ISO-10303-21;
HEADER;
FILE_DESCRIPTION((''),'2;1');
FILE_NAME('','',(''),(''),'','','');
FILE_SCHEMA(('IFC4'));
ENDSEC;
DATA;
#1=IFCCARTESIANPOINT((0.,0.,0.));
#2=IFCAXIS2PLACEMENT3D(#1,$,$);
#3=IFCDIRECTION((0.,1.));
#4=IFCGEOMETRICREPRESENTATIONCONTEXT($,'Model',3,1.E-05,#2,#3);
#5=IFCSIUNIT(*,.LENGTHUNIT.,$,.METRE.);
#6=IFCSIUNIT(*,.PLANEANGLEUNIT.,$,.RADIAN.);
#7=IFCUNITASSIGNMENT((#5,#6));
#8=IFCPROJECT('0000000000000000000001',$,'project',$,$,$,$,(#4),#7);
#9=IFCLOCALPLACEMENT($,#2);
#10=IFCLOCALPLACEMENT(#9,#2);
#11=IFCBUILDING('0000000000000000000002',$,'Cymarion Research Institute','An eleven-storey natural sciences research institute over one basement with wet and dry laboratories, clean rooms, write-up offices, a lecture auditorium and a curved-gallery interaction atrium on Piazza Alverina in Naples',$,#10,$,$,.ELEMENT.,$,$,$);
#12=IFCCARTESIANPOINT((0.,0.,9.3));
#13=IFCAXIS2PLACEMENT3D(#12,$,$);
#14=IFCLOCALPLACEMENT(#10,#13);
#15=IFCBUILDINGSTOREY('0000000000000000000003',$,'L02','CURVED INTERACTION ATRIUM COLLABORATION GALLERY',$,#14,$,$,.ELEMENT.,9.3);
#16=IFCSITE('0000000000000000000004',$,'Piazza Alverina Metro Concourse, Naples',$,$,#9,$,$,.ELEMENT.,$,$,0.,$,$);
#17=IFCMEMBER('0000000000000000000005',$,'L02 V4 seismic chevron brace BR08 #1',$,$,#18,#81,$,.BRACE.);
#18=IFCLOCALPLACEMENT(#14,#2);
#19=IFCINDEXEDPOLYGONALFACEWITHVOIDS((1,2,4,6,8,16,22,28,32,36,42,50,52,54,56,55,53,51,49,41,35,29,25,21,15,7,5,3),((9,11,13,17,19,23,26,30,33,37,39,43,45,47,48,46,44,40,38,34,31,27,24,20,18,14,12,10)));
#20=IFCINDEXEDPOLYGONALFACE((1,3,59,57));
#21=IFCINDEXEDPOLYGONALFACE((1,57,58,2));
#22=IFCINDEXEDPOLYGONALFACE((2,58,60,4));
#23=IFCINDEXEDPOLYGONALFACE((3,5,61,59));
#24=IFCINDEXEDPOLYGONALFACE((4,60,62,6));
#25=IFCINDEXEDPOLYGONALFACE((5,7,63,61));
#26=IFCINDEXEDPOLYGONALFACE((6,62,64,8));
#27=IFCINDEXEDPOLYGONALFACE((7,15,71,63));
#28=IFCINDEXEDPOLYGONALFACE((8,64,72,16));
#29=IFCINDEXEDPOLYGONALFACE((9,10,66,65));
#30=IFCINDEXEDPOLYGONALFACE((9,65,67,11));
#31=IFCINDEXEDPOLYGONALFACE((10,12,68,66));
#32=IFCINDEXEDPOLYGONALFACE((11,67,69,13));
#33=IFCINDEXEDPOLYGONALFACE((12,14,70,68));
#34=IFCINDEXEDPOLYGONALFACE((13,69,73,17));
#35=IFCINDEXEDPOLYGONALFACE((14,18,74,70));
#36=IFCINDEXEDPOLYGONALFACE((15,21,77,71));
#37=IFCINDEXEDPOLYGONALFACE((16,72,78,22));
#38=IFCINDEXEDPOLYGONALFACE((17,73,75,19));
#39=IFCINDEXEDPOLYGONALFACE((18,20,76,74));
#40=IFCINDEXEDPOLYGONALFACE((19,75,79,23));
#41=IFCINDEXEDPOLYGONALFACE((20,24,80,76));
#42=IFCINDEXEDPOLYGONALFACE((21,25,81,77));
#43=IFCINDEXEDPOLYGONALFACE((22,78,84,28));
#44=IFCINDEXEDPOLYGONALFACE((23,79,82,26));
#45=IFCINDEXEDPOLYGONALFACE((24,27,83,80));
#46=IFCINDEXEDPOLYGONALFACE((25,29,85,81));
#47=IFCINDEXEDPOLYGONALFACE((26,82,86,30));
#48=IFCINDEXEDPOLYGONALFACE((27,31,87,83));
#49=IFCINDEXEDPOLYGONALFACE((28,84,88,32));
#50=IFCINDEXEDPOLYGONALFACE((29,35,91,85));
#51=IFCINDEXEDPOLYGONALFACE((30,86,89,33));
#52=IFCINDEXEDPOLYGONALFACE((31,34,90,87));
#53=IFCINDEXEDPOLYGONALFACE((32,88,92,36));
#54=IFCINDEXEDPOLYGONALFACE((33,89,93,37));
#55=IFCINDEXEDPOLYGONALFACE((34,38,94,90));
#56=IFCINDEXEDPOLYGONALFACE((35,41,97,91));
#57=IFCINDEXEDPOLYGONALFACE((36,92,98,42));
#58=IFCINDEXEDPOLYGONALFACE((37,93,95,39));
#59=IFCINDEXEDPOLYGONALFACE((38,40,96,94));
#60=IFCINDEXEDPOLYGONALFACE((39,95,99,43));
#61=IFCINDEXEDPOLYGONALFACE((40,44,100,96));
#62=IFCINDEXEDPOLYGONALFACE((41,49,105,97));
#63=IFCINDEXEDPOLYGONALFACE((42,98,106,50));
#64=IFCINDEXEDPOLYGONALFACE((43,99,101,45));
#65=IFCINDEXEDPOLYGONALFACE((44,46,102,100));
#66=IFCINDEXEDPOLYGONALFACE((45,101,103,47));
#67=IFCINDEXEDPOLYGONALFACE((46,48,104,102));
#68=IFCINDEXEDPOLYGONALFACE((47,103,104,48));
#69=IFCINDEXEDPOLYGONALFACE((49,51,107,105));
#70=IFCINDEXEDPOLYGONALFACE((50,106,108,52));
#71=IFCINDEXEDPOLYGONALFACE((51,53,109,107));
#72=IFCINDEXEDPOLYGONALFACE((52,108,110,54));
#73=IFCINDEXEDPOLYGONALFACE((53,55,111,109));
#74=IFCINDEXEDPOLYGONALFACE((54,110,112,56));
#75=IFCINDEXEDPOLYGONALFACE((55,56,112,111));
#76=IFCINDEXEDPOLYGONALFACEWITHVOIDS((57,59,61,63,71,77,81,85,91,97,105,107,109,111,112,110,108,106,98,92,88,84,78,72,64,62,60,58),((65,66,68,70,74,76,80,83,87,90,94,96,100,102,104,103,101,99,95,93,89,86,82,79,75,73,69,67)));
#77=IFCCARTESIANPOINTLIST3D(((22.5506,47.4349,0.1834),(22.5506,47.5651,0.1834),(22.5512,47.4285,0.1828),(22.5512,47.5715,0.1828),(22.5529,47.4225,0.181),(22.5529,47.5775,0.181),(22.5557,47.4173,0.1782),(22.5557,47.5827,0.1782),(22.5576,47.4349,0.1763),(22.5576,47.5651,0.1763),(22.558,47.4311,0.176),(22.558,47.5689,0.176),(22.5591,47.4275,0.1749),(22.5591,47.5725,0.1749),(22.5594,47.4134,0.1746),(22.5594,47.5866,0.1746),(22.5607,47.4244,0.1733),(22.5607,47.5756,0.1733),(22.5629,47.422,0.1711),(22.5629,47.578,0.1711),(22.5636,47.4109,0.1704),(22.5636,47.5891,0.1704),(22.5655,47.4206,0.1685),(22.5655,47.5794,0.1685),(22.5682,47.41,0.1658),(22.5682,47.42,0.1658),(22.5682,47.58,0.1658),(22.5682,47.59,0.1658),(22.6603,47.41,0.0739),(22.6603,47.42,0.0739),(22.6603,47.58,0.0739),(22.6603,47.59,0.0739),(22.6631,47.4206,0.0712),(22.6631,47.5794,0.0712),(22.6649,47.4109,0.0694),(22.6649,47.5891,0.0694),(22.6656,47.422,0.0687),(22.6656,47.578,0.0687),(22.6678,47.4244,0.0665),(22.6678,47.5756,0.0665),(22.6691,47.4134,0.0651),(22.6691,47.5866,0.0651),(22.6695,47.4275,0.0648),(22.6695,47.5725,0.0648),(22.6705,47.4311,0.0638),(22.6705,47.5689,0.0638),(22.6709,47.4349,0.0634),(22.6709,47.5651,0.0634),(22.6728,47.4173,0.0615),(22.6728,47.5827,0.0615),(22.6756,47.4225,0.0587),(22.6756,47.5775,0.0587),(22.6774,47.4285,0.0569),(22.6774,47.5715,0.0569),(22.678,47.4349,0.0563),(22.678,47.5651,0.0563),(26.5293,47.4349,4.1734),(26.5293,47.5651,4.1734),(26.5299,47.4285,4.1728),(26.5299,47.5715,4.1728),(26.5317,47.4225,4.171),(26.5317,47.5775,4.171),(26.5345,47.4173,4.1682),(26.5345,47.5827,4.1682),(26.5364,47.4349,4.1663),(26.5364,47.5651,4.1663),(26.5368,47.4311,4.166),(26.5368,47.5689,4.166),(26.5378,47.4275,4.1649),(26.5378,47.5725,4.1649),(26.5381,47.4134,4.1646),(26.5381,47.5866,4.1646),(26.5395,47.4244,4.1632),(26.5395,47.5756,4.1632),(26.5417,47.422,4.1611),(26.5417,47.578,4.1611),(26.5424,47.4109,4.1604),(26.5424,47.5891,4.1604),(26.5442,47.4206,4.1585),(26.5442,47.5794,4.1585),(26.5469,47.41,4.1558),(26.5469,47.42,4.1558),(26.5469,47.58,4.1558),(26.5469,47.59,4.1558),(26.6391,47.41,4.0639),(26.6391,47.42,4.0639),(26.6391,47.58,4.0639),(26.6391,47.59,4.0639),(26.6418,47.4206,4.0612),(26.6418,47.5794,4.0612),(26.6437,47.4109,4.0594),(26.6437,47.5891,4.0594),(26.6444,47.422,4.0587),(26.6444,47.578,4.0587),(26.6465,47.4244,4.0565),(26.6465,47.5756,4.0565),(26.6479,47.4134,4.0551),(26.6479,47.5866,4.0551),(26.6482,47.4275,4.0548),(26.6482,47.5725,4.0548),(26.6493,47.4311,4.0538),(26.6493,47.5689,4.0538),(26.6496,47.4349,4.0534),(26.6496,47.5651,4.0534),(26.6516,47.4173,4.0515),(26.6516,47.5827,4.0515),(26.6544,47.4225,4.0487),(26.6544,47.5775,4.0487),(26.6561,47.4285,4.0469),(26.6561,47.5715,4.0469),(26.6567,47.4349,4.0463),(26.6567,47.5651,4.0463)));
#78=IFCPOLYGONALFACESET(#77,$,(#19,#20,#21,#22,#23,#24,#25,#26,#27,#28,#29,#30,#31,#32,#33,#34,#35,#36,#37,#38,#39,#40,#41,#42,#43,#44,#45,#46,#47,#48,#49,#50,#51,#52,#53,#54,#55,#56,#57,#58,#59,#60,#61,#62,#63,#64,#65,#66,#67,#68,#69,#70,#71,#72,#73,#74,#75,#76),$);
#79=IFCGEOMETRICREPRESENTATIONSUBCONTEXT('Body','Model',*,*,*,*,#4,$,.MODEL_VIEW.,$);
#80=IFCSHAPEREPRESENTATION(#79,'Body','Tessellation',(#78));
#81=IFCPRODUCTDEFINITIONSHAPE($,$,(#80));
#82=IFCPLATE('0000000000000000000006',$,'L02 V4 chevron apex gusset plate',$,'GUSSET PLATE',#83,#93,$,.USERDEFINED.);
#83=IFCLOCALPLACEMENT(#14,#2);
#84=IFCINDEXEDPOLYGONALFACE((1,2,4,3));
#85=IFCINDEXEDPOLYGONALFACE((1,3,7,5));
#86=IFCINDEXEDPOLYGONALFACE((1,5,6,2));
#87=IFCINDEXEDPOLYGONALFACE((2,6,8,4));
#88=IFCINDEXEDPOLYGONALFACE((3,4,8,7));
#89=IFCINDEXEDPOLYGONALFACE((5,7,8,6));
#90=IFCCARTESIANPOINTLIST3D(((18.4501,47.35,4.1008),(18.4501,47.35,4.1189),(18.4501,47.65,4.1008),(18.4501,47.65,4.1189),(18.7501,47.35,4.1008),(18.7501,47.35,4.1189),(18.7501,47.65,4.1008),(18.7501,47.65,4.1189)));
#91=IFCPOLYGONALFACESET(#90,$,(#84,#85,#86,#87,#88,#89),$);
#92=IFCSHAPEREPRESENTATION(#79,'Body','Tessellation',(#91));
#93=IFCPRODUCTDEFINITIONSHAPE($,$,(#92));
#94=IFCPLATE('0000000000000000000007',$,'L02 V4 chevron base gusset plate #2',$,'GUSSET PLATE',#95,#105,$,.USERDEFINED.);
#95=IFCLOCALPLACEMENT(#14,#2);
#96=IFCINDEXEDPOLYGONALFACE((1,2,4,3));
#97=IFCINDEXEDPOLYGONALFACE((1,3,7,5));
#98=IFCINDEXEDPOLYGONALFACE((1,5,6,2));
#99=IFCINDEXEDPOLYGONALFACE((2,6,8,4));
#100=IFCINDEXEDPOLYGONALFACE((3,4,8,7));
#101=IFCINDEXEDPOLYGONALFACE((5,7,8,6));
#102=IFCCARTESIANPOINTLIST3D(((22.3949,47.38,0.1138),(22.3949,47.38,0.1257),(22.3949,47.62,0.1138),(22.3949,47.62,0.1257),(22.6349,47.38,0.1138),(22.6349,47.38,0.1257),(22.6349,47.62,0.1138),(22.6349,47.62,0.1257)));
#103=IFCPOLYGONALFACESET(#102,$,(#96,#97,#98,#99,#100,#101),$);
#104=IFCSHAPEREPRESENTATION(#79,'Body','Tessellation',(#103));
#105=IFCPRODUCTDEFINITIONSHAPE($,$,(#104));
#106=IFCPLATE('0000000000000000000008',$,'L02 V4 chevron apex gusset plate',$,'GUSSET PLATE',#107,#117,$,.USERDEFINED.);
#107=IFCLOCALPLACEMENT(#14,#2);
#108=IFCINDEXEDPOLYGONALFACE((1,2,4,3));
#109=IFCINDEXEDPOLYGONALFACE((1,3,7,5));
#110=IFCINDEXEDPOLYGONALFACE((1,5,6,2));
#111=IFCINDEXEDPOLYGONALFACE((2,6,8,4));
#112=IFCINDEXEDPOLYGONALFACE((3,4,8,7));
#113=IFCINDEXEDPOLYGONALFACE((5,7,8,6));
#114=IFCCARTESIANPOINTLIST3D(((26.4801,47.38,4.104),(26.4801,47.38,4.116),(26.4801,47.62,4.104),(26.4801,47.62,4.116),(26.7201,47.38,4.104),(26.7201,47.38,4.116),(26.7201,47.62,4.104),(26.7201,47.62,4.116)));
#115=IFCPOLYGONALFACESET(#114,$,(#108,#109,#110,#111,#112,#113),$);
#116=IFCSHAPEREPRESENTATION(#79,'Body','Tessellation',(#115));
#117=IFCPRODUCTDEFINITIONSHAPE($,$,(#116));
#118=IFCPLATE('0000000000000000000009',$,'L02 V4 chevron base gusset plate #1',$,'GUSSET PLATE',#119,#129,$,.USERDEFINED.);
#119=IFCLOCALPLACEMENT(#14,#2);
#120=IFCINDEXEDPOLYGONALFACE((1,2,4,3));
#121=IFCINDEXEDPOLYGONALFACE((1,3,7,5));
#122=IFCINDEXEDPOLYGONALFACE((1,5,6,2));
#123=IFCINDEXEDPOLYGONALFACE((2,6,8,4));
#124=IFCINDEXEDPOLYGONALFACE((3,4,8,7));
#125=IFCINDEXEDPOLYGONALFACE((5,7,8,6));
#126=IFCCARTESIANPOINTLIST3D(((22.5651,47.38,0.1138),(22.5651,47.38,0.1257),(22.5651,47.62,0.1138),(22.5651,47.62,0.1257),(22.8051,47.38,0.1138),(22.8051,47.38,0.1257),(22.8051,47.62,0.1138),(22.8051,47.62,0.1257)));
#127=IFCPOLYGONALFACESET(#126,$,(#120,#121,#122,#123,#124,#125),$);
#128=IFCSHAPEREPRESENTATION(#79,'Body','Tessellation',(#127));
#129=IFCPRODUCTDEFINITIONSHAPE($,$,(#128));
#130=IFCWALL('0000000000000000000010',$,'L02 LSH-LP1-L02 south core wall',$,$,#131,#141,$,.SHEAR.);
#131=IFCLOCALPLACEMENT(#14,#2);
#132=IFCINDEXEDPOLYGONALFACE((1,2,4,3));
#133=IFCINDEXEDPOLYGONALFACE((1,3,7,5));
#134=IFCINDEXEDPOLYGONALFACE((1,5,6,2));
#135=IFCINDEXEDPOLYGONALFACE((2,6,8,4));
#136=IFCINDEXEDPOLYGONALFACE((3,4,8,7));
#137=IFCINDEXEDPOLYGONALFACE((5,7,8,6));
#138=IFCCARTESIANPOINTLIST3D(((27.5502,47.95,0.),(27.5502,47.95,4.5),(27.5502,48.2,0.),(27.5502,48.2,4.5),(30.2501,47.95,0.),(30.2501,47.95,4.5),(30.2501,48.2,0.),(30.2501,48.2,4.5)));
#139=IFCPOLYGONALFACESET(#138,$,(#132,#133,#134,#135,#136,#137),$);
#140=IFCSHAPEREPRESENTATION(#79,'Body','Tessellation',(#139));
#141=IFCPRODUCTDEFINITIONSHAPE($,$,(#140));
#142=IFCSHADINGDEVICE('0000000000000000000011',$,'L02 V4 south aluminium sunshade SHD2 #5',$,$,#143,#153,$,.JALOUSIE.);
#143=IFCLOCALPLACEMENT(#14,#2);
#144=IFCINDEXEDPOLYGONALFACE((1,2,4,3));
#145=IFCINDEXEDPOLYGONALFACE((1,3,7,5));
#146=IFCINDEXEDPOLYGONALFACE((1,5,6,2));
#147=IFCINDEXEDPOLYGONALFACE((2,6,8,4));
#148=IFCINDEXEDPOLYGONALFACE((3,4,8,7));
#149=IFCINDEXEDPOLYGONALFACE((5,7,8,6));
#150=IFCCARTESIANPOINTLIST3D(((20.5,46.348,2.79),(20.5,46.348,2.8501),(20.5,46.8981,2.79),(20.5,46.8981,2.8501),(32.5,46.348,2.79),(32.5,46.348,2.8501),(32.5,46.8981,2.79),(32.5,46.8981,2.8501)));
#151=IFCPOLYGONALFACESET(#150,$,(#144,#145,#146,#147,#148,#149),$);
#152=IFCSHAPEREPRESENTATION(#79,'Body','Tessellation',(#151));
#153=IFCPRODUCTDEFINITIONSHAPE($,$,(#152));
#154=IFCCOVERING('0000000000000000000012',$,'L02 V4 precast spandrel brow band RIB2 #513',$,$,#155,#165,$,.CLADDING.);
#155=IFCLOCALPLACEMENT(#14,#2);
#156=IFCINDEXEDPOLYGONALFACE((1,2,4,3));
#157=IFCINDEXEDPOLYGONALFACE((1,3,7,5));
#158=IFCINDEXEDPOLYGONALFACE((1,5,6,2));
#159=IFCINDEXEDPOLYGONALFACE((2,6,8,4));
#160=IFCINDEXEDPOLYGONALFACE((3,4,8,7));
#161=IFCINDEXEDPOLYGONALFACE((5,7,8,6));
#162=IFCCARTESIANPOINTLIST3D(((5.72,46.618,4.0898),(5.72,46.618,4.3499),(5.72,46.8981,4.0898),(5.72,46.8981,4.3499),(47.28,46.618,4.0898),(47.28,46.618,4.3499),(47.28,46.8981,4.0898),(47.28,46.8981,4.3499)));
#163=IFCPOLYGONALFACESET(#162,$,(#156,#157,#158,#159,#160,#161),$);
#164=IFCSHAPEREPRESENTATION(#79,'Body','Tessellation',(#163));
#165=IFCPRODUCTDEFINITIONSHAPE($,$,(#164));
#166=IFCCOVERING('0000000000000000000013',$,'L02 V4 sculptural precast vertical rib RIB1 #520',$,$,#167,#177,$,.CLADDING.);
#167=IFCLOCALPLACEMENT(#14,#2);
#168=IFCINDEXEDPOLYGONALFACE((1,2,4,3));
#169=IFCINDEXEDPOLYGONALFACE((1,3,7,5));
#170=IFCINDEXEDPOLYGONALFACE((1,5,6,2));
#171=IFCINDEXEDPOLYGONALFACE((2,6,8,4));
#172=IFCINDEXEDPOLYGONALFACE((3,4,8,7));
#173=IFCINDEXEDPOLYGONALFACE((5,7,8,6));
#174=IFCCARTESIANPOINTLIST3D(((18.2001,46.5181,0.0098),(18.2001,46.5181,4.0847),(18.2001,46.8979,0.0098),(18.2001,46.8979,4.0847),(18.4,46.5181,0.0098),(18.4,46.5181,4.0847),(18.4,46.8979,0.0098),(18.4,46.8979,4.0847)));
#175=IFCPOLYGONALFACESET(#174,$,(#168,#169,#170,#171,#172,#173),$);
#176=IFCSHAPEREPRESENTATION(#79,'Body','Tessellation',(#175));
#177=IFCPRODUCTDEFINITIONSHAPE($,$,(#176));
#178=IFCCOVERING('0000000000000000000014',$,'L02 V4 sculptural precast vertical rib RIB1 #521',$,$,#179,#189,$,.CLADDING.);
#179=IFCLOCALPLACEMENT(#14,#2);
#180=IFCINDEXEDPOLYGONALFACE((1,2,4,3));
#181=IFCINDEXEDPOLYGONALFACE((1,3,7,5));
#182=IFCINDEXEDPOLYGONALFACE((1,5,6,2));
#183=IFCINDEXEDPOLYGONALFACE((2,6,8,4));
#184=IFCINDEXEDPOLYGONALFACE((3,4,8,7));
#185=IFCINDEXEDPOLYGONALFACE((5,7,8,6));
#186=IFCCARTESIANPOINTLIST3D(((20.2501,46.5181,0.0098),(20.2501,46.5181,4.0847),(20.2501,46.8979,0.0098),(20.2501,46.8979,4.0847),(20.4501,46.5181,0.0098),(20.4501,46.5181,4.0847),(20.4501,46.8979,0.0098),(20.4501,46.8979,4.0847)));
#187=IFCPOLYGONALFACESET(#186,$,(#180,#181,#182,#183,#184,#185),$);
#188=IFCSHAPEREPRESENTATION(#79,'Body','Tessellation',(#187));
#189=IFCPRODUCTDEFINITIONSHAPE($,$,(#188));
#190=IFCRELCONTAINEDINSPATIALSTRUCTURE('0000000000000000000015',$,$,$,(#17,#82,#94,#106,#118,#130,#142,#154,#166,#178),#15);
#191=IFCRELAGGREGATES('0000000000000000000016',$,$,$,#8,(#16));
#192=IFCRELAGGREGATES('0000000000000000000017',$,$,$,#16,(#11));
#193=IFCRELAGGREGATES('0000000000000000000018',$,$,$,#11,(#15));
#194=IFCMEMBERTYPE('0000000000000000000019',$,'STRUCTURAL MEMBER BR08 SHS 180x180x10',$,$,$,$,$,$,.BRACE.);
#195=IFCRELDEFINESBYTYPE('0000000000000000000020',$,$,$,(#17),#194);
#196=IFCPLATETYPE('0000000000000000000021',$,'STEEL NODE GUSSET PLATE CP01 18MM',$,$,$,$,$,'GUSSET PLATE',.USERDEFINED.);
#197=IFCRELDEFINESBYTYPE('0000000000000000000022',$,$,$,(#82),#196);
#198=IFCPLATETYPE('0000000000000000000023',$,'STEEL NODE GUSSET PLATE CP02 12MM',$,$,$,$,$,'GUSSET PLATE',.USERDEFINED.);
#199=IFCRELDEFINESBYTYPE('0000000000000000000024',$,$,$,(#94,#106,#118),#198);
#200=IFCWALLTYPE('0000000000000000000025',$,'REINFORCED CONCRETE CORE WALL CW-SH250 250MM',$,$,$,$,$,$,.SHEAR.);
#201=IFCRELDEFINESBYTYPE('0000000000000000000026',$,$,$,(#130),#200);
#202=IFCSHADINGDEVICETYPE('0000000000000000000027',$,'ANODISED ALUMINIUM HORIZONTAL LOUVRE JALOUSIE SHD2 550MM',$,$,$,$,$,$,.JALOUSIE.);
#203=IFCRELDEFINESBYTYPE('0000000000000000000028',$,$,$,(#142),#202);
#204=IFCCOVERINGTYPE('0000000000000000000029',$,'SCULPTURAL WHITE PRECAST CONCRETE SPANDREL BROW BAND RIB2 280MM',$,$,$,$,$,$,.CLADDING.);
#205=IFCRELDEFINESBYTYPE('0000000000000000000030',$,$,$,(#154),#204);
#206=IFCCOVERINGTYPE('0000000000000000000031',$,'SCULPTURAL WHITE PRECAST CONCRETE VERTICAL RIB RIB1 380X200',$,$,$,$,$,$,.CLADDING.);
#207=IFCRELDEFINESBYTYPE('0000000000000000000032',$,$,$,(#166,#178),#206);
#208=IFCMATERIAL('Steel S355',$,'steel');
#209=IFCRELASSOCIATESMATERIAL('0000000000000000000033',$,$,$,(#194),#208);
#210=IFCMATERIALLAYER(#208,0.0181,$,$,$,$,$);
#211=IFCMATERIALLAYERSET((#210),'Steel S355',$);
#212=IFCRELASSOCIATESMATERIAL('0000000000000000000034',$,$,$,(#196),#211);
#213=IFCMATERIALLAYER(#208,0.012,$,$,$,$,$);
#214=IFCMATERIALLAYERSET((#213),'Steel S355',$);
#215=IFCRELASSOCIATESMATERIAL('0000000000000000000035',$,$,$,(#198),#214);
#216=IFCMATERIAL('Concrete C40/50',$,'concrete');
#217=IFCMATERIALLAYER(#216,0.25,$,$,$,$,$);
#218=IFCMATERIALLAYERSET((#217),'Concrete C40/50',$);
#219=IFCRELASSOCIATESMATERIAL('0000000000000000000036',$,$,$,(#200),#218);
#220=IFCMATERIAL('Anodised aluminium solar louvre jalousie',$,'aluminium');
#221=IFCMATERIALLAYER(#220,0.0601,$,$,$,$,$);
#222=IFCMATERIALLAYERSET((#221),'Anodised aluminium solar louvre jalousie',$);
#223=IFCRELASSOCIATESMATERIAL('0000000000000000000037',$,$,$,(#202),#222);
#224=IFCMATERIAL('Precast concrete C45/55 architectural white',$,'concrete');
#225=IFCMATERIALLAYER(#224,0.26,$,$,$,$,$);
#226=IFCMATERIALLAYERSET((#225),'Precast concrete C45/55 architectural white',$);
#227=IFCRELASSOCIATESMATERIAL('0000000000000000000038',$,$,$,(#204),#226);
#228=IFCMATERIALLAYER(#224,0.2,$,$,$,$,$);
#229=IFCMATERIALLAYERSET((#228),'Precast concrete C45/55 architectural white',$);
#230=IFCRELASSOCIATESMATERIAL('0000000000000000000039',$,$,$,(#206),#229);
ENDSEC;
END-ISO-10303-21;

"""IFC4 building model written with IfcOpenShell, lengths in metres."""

from ifc_helpers import new_model, si_unit, direction, frame, frame_2d, origin, origin_2d, place, context, subcontext, project, spatial, rectangle, hollow_rectangle, extrude, material, layer, layer_set, material_profile, profile_set, type_object, element, save


model = new_model("IFC4")

# Units and contexts
model_context = context("Model", 3, precision=1e-05, world=origin(), true_north=direction((0.0, 1.0)))
body_context = subcontext(model_context, "Body", "Model", "MODEL_VIEW")
ifc_project = project(units=[si_unit("LENGTHUNIT", "METRE"), si_unit("PLANEANGLEUNIT", "RADIAN")], contexts=[model_context])

# Site, building, storey
site_placement = place(None, origin())
site = spatial("IfcSite", under=ifc_project, at=site_placement, Name="Piazza Alverina Metro Concourse, Naples", CompositionType="ELEMENT", RefElevation=0.0)
building_placement = place(site_placement, origin())
building = spatial("IfcBuilding", under=site, at=building_placement, Name="Cymarion Research Institute", Description="An eleven-storey natural sciences research institute over one basement with wet and dry laboratories, clean rooms, write-up offices, a lecture auditorium and a curved-gallery interaction atrium on Piazza Alverina in Naples", CompositionType="ELEMENT")
storey_placement = place(building_placement, frame((0.0, 0.0, 9.3)))
storey = spatial("IfcBuildingStorey", under=building, at=storey_placement, Name="L02", Description="CURVED INTERACTION ATRIUM COLLABORATION GALLERY", CompositionType="ELEMENT", Elevation=9.3)

# Shared definitions
ifc_material_1 = material(Name="Steel S355", Category="steel")

# Member
ifc_material_profile_1 = material_profile(ifc_material_1, hollow_rectangle(XDim=0.1799, YDim=0.1799, WallThickness=0.01, InnerFilletRadius=0.0149, OuterFilletRadius=0.0249, at=origin_2d()), Name="SHS 180x180x10")
ifc_profile_set_1 = profile_set([ifc_material_profile_1], Name="Steel S355")
member_type_1 = type_object("IfcMemberType", Name="STRUCTURAL MEMBER BR08 SHS 180x180x10", PredefinedType="BRACE", material=ifc_profile_set_1)
member_1_placement = place(storey_placement, frame((22.6143, 47.5, 0.1199), z_axis=(0.70611, 0.0, 0.708103), x_axis=(0.0, 1.0, 0.0)))
element("IfcMember", 1, at=member_1_placement, inside=storey, type_object=member_type_1, Name="L02 V4 seismic chevron brace BR08 #1", PredefinedType="BRACE", context=body_context, shape_type="SweptSolid", body=[
    extrude(hollow_rectangle(XDim=0.1799, YDim=0.1799, WallThickness=0.01, InnerFilletRadius=0.0149, OuterFilletRadius=0.0249, at=origin_2d()), origin(), (0.0, 0.0, 1.0), 5.6348),
])

# Plates
ifc_layer_1 = layer(ifc_material_1, 0.0181)
ifc_layer_set_1 = layer_set([ifc_layer_1], Name="Steel S355")
plate_type_1 = type_object("IfcPlateType", Name="STEEL NODE GUSSET PLATE CP01 18MM", ElementType="GUSSET PLATE", PredefinedType="USERDEFINED", material=ifc_layer_set_1)
plate_placement = place(storey_placement, frame((18.6001, 47.5, 4.1008), z_axis=(0.0, 0.0, 1.0), x_axis=(1.0, 0.0, 0.0)))
element("IfcPlate", 2, at=plate_placement, inside=storey, type_object=plate_type_1, Name="L02 V4 chevron apex gusset plate", ObjectType="GUSSET PLATE", PredefinedType="USERDEFINED", context=body_context, shape_type="SweptSolid", body=[
    extrude(rectangle(XDim=0.3, YDim=0.3, at=origin_2d()), origin(), (0.0, 0.0, 1.0), 0.0181),
])
ifc_layer_2 = layer(ifc_material_1, 0.012)
ifc_layer_set_2 = layer_set([ifc_layer_2], Name="Steel S355")
plate_type_2 = type_object("IfcPlateType", Name="STEEL NODE GUSSET PLATE CP02 12MM", ElementType="GUSSET PLATE", PredefinedType="USERDEFINED", material=ifc_layer_set_2)
for number, where, z_axis, x_axis, name in (
    (3, (22.5149, 47.5, 0.1138), (0.0, 0.0, 1.0), (1.0, 0.0, 0.0), "L02 V4 chevron base gusset plate #2"),
    (4, (26.6001, 47.5, 4.104), (0.0, 0.0, 1.0), (1.0, 0.0, 0.0), "L02 V4 chevron apex gusset plate"),
    (5, (22.6851, 47.5, 0.1138), (0.0, 0.0, 1.0), (1.0, 0.0, 0.0), "L02 V4 chevron base gusset plate #1"),
):
    element("IfcPlate", number, at=place(storey_placement, frame(where, z_axis=z_axis, x_axis=x_axis)), inside=storey, type_object=plate_type_2, Name=name, ObjectType="GUSSET PLATE", PredefinedType="USERDEFINED", context=body_context, shape_type="SweptSolid", body=[
        extrude(rectangle(XDim=0.24, YDim=0.24, at=origin_2d()), origin(), (0.0, 0.0, 1.0), 0.012),
    ])

# Wall
ifc_material_2 = material(Name="Concrete C40/50", Category="concrete")
ifc_layer_3 = layer(ifc_material_2, 0.25)
ifc_layer_set_3 = layer_set([ifc_layer_3], Name="Concrete C40/50")
wall_type = type_object("IfcWallType", Name="REINFORCED CONCRETE CORE WALL CW-SH250 250MM", PredefinedType="SHEAR", material=ifc_layer_set_3)
wall_placement = place(storey_placement, frame((27.55, 48.075, 0.0), z_axis=(0.0, 0.0, 1.0), x_axis=(1.0, 0.0, 0.0)))
element("IfcWall", 6, at=wall_placement, inside=storey, type_object=wall_type, Name="L02 LSH-LP1-L02 south core wall", PredefinedType="SHEAR", context=body_context, shape_type="SweptSolid", body=[
    extrude(rectangle(XDim=2.7, YDim=0.25, at=frame_2d((1.3501, 0.0))), origin(), (0.0, 0.0, 1.0), 4.5),
])

# Shading device
ifc_material_3 = material(Name="Anodised aluminium solar louvre jalousie", Category="aluminium")
ifc_layer_4 = layer(ifc_material_3, 0.0601)
ifc_layer_set_4 = layer_set([ifc_layer_4], Name="Anodised aluminium solar louvre jalousie")
shading_device_type = type_object("IfcShadingDeviceType", Name="ANODISED ALUMINIUM HORIZONTAL LOUVRE JALOUSIE SHD2 550MM", PredefinedType="JALOUSIE", material=ifc_layer_set_4)
shading_device_placement = place(storey_placement, frame((26.5, 46.623, 2.79), z_axis=(0.0, 0.0, 1.0), x_axis=(0.0, -1.0, 0.0)))
element("IfcShadingDevice", 7, at=shading_device_placement, inside=storey, type_object=shading_device_type, Name="L02 V4 south aluminium sunshade SHD2 #5", PredefinedType="JALOUSIE", context=body_context, shape_type="SweptSolid", body=[
    extrude(rectangle(XDim=0.55, YDim=12.0, at=origin_2d()), origin(), (0.0, 0.0, 1.0), 0.0601),
])

# Coverings
ifc_material_4 = material(Name="Precast concrete C45/55 architectural white", Category="concrete")
ifc_layer_5 = layer(ifc_material_4, 0.26)
ifc_layer_set_5 = layer_set([ifc_layer_5], Name="Precast concrete C45/55 architectural white")
covering_type_1 = type_object("IfcCoveringType", Name="SCULPTURAL WHITE PRECAST CONCRETE SPANDREL BROW BAND RIB2 280MM", PredefinedType="CLADDING", material=ifc_layer_set_5)
covering_placement = place(storey_placement, frame((26.5, 46.7581, 4.0898), z_axis=(0.0, 0.0, 1.0), x_axis=(0.0, -1.0, 0.0)))
element("IfcCovering", 8, at=covering_placement, inside=storey, type_object=covering_type_1, Name="L02 V4 precast spandrel brow band RIB2 #513", PredefinedType="CLADDING", context=body_context, shape_type="SweptSolid", body=[
    extrude(rectangle(XDim=0.28, YDim=41.5601, at=origin_2d()), origin(), (0.0, 0.0, 1.0), 0.26),
])
ifc_layer_6 = layer(ifc_material_4, 0.2)
ifc_layer_set_6 = layer_set([ifc_layer_6], Name="Precast concrete C45/55 architectural white")
covering_type_2 = type_object("IfcCoveringType", Name="SCULPTURAL WHITE PRECAST CONCRETE VERTICAL RIB RIB1 380X200", PredefinedType="CLADDING", material=ifc_layer_set_6)
for number, where, z_axis, x_axis, name in (
    (9, (18.3, 46.708, 0.0098), (0.0, 0.0, 1.0), (0.0, -1.0, 0.0), "L02 V4 sculptural precast vertical rib RIB1 #520"),
    (10, (20.3501, 46.708, 0.0098), (0.0, 0.0, 1.0), (0.0, -1.0, 0.0), "L02 V4 sculptural precast vertical rib RIB1 #521"),
):
    element("IfcCovering", number, at=place(storey_placement, frame(where, z_axis=z_axis, x_axis=x_axis)), inside=storey, type_object=covering_type_2, Name=name, PredefinedType="CLADDING", context=body_context, shape_type="SweptSolid", body=[
        extrude(rectangle(XDim=0.3799, YDim=0.2, at=origin_2d()), origin(), (0.0, 0.0, 1.0), 4.075),
    ])

save(model, "model.ifc")
